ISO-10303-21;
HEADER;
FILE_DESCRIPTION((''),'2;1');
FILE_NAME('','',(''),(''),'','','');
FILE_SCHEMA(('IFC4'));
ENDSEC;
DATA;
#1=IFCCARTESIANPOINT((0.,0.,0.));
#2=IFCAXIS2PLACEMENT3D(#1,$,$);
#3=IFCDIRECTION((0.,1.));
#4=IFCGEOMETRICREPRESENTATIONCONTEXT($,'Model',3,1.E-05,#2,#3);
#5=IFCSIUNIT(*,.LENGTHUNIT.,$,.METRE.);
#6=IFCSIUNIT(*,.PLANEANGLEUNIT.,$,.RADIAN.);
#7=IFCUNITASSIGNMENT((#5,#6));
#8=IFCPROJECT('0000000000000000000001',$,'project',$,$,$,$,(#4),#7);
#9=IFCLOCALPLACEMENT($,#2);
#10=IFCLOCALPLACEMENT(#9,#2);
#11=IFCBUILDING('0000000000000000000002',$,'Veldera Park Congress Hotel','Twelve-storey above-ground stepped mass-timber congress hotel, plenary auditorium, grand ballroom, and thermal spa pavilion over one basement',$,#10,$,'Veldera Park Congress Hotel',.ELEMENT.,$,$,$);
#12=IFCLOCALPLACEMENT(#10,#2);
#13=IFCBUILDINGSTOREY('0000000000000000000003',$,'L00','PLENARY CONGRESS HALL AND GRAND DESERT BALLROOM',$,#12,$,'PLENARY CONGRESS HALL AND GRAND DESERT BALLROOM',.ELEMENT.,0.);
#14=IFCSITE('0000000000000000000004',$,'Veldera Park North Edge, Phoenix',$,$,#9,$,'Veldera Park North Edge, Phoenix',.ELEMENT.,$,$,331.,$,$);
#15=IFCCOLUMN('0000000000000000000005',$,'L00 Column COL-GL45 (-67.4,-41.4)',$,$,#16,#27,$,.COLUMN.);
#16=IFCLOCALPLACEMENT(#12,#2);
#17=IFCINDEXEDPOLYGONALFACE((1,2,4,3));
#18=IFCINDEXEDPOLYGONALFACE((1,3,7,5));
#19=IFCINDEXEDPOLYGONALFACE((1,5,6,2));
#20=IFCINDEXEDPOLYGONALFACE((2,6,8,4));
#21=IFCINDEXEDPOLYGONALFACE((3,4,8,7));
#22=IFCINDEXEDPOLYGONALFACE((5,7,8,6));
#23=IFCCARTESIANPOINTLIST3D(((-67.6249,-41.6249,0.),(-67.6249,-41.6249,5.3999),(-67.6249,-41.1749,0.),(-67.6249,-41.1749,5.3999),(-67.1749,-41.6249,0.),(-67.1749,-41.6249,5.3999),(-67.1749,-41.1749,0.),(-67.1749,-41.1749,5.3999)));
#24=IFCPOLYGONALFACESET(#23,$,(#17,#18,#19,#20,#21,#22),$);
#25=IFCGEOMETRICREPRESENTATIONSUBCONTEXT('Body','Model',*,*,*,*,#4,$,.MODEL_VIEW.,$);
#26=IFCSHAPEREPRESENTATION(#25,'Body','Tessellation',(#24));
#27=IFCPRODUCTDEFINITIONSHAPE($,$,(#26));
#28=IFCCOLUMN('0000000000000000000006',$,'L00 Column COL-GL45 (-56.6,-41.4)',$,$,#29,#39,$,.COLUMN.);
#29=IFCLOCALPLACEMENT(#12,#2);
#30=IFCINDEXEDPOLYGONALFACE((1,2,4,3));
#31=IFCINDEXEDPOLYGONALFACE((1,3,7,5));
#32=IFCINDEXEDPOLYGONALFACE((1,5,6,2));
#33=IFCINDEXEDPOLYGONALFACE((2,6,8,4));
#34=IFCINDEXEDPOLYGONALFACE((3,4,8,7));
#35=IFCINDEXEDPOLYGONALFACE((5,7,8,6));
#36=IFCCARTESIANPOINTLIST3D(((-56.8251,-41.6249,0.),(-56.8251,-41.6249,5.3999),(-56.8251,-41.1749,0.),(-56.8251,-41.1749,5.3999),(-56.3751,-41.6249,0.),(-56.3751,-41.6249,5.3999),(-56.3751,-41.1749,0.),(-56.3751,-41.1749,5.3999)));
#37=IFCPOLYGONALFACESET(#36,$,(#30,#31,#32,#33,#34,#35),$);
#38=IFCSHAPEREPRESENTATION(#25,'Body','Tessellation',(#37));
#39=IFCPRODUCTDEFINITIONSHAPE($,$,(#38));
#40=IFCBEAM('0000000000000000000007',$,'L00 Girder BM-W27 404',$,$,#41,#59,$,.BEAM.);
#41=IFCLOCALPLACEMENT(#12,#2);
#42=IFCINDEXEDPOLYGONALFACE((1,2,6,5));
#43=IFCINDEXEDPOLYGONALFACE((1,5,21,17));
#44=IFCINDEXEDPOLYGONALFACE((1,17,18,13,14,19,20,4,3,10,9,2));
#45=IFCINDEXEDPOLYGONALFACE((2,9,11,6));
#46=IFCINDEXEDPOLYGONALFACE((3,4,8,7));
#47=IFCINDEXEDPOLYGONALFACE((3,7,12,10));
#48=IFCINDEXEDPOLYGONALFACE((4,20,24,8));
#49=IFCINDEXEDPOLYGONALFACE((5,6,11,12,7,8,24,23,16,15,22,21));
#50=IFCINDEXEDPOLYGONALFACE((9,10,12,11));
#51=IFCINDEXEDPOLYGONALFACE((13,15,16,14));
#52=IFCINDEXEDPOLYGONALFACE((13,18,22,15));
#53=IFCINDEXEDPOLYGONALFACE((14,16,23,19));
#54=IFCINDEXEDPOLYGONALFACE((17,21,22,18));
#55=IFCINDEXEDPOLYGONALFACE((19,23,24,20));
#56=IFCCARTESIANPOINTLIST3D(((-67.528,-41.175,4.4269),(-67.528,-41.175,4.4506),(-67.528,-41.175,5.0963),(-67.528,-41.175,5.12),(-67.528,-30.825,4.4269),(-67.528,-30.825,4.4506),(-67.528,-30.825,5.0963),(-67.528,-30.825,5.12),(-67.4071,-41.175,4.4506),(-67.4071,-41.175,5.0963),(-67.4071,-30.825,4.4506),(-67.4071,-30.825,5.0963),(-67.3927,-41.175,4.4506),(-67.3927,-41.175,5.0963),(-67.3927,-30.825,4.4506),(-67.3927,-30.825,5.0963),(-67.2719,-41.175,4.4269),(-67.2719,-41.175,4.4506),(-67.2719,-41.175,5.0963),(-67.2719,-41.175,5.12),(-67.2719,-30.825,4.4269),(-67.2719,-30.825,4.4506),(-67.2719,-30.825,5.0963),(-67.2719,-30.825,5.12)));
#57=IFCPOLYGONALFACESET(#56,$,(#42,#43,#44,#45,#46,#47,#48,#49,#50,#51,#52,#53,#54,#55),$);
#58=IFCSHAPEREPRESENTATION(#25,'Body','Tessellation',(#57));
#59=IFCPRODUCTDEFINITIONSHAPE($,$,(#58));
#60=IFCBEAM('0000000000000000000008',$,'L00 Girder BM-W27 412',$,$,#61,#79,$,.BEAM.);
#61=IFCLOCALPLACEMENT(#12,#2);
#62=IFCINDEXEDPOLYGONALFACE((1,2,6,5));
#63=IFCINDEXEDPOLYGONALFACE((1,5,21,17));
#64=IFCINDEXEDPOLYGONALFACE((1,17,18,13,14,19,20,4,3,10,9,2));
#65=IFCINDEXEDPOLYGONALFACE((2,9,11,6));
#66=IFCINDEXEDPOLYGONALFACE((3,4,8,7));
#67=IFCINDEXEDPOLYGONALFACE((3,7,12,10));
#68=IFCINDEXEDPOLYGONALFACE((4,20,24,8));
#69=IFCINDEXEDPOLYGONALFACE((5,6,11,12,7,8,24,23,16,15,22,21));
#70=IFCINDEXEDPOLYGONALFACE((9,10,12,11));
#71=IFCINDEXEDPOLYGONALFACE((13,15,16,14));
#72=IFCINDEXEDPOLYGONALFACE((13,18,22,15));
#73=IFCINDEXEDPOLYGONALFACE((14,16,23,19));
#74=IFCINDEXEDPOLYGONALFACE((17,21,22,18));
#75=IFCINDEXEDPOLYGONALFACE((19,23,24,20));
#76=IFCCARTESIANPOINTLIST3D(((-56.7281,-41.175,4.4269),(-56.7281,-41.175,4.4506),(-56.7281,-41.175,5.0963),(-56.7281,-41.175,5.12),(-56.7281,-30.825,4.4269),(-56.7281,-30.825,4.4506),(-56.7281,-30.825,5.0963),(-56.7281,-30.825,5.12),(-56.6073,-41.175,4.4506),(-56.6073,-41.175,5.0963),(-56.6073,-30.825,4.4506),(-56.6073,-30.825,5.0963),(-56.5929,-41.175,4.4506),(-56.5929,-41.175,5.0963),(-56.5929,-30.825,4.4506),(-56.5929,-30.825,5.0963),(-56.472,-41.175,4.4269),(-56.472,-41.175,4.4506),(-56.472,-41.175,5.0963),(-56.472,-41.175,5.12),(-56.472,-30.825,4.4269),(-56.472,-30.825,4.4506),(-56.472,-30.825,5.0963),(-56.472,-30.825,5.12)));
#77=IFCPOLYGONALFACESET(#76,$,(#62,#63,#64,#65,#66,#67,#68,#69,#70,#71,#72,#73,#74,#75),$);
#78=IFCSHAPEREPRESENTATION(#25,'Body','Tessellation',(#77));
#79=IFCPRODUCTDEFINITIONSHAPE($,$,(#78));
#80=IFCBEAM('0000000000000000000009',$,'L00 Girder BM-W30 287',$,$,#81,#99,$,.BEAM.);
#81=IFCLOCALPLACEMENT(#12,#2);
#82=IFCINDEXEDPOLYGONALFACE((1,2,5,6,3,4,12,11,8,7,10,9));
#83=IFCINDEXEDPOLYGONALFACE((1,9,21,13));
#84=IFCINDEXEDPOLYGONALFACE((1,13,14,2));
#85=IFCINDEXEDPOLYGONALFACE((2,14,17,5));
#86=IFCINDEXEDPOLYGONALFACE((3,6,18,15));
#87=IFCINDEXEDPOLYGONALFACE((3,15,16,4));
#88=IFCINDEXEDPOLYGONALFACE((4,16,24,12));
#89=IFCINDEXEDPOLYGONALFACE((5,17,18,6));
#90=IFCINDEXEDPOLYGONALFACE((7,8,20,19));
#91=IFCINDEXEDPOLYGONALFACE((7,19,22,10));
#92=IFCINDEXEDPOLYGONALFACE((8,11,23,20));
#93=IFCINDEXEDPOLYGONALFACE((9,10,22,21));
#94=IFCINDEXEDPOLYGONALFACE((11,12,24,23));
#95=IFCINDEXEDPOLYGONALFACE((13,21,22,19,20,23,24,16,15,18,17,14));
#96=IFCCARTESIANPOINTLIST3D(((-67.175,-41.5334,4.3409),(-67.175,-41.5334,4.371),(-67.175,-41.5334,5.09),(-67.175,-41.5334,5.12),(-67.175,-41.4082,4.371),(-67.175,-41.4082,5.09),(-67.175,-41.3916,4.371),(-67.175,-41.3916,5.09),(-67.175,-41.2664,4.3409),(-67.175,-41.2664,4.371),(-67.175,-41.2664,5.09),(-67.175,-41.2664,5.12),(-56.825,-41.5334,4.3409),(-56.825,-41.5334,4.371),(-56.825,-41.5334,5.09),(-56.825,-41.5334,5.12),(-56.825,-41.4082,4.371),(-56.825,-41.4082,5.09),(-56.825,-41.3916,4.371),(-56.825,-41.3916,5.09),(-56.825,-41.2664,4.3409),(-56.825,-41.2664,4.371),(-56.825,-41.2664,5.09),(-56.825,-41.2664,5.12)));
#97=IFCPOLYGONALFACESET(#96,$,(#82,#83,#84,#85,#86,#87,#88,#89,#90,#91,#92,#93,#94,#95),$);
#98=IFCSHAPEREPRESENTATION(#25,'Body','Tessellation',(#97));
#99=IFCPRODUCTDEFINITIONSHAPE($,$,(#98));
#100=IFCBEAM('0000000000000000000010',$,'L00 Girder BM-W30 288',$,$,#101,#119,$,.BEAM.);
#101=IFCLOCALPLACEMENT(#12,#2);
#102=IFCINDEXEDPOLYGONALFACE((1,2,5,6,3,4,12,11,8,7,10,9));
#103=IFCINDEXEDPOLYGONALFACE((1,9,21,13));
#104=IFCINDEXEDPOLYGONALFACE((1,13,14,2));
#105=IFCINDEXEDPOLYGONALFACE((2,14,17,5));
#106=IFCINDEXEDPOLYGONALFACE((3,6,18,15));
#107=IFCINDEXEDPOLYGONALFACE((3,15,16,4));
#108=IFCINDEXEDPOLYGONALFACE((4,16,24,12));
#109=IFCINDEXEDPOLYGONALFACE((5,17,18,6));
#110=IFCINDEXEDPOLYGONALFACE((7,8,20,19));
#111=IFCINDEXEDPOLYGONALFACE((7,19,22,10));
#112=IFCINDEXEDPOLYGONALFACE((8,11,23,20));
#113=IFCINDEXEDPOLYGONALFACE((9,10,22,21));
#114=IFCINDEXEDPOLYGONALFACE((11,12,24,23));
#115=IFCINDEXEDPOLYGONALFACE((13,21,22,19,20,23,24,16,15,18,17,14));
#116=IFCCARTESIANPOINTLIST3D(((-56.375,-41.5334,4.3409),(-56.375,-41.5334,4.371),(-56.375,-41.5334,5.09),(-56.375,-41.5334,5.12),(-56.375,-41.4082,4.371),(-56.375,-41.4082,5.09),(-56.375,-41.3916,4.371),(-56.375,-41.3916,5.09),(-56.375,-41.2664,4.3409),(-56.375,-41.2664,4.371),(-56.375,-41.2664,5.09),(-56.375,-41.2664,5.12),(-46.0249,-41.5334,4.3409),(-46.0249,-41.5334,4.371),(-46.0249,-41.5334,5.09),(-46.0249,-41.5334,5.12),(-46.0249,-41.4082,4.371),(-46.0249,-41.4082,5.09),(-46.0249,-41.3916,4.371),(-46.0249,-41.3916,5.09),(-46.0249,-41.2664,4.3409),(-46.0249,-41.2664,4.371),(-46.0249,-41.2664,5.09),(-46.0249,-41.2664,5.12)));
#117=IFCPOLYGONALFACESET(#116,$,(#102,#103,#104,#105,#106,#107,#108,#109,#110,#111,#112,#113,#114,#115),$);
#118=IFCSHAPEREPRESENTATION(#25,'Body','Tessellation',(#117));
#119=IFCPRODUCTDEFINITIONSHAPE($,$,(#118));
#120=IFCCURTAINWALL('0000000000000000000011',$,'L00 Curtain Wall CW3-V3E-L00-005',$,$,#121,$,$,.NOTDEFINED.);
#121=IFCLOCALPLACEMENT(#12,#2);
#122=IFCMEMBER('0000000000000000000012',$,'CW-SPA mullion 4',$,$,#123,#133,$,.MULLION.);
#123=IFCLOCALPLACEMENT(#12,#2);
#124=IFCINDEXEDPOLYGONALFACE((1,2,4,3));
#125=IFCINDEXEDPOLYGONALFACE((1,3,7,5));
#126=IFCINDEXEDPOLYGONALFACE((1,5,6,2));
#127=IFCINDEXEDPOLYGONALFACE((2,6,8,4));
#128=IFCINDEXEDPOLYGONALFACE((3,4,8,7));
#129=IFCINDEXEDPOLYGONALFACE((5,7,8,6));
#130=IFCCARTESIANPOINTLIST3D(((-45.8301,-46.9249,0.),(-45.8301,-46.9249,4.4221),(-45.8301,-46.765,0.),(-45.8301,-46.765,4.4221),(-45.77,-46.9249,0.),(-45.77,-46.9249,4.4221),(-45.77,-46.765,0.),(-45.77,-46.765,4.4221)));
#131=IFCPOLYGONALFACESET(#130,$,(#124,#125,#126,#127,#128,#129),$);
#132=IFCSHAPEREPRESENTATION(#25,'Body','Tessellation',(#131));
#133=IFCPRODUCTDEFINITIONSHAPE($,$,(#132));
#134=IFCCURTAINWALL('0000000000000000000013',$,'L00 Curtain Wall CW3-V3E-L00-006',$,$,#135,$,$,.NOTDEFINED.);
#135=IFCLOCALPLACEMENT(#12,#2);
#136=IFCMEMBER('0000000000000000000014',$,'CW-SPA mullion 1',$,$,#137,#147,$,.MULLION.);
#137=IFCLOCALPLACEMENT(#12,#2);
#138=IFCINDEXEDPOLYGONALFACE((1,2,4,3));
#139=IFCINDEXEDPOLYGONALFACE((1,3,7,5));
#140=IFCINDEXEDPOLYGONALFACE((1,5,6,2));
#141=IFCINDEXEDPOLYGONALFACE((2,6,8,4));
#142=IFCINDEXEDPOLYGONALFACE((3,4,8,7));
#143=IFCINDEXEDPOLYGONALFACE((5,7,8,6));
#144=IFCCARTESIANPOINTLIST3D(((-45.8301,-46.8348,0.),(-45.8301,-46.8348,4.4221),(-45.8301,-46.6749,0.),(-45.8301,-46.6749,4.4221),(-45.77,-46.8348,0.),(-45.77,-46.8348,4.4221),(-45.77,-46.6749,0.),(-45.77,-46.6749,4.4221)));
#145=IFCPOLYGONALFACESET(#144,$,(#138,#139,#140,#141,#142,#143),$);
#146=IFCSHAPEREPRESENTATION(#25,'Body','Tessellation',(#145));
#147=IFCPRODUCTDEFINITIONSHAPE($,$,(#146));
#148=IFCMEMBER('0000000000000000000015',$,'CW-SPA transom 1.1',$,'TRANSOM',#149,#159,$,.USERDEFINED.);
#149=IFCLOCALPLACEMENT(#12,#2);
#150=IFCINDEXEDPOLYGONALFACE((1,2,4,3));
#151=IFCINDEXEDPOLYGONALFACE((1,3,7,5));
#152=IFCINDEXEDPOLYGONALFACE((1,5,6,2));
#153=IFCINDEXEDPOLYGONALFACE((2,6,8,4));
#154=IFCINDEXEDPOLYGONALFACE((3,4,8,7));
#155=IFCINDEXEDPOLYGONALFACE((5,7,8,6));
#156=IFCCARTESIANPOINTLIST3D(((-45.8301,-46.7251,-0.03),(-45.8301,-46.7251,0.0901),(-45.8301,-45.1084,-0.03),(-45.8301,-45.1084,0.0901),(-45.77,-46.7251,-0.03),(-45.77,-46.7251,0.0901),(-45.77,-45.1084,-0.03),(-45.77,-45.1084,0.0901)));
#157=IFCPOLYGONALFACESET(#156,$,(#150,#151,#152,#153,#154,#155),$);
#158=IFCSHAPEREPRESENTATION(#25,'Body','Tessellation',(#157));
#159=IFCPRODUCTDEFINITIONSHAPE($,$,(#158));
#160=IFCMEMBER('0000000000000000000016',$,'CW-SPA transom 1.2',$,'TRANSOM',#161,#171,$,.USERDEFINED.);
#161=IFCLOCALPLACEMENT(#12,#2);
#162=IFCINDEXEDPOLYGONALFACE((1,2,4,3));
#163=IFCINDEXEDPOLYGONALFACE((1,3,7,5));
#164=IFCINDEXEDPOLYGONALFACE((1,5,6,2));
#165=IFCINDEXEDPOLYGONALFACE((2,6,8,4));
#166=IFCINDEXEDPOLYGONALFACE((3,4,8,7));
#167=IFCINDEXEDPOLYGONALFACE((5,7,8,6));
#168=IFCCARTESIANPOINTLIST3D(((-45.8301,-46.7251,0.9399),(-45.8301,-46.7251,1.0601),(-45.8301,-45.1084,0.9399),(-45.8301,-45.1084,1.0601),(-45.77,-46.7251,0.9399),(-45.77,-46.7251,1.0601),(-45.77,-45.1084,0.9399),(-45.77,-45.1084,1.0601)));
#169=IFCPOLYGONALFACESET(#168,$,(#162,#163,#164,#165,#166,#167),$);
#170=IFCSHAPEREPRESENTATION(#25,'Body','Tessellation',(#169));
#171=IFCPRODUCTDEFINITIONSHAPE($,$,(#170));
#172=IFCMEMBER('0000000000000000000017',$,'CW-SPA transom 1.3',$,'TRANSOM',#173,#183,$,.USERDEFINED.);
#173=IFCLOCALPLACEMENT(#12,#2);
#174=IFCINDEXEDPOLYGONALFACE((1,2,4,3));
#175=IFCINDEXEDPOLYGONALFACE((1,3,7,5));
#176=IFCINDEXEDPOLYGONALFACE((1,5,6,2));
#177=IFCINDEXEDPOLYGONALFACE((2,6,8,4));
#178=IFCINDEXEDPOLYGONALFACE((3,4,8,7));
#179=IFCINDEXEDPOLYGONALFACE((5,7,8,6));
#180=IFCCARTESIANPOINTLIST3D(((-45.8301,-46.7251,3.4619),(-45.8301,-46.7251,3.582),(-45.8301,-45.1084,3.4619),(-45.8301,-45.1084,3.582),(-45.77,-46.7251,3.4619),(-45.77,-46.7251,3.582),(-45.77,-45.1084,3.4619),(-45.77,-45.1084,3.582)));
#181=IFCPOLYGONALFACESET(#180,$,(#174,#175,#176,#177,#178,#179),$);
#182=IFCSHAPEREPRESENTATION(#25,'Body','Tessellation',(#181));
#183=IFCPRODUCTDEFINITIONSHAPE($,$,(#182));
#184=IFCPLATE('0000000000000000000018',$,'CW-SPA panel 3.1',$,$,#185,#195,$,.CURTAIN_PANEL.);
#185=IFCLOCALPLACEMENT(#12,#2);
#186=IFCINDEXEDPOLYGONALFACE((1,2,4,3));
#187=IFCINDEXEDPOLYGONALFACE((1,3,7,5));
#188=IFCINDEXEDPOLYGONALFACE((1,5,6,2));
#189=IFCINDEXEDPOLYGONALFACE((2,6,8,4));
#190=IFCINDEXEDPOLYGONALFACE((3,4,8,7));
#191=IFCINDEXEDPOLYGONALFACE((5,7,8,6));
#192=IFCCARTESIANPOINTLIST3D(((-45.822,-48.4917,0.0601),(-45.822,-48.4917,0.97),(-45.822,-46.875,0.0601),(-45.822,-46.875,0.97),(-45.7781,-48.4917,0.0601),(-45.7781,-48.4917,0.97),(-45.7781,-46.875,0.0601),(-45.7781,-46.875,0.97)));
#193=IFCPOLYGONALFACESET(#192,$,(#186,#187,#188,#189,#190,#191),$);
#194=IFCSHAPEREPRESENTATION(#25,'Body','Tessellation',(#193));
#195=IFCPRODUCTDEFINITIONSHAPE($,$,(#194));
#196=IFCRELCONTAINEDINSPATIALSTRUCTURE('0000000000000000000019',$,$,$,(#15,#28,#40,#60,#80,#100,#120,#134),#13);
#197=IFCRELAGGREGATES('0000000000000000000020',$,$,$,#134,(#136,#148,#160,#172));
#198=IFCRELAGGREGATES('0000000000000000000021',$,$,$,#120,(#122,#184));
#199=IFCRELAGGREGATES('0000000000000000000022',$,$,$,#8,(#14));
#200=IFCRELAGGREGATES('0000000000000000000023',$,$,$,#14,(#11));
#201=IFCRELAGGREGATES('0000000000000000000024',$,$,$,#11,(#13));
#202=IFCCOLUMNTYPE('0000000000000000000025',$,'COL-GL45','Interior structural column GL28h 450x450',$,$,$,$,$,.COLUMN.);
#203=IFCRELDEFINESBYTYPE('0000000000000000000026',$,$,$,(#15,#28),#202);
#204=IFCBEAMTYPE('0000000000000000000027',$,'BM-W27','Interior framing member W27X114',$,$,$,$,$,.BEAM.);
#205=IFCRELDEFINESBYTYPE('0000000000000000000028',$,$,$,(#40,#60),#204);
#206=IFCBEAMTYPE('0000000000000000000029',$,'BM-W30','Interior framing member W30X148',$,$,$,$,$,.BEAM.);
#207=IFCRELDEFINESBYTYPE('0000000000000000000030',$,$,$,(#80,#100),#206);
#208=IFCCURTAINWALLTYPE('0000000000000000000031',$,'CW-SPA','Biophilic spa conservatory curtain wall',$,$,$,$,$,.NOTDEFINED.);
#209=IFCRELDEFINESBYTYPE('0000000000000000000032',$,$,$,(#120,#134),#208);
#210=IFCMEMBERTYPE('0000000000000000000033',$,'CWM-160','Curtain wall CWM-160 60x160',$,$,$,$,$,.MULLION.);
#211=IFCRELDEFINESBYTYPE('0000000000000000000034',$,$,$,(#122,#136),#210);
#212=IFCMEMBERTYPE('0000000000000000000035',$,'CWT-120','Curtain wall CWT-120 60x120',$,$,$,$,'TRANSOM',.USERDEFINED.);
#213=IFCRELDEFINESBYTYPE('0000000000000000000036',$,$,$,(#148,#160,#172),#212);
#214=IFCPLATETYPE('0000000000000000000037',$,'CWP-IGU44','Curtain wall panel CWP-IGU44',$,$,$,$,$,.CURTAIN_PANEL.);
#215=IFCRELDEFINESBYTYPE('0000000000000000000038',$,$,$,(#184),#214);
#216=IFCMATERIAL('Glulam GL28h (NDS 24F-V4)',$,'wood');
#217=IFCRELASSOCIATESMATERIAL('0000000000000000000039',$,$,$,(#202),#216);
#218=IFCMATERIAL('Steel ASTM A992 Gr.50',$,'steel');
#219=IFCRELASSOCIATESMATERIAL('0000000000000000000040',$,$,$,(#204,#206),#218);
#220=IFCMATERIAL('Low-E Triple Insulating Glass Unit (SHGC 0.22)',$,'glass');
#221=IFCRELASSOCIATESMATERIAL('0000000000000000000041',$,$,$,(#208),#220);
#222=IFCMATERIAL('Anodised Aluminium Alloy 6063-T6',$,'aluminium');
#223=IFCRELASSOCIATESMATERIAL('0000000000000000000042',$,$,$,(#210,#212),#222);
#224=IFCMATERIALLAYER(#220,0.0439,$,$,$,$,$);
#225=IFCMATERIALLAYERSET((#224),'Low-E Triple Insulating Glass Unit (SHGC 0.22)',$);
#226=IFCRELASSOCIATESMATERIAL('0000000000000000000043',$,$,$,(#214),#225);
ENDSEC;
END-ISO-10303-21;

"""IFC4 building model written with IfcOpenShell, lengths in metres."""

from ifc_helpers import new_model, si_unit, direction, frame, origin, origin_2d, place, context, subcontext, project, spatial, rectangle, i_section, extrude, material, layer, layer_set, material_profile, profile_set, type_object, element, aggregate, save


model = new_model("IFC4")

# Units and contexts
model_context = context("Model", 3, precision=1e-05, world=origin(), true_north=direction((0.0, 1.0)))
body_context = subcontext(model_context, "Body", "Model", "MODEL_VIEW")
ifc_project = project(units=[si_unit("LENGTHUNIT", "METRE"), si_unit("PLANEANGLEUNIT", "RADIAN")], contexts=[model_context])

# Site, building, storey
site_placement = place(None, origin())
site = spatial("IfcSite", under=ifc_project, at=site_placement, Name="Veldera Park North Edge, Phoenix", LongName="Veldera Park North Edge, Phoenix", CompositionType="ELEMENT", RefElevation=331.0)
building_placement = place(site_placement, origin())
building = spatial("IfcBuilding", under=site, at=building_placement, Name="Veldera Park Congress Hotel", Description="Twelve-storey above-ground stepped mass-timber congress hotel, plenary auditorium, grand ballroom, and thermal spa pavilion over one basement", LongName="Veldera Park Congress Hotel", CompositionType="ELEMENT")
storey_placement = place(building_placement, origin())
storey = spatial("IfcBuildingStorey", under=building, at=storey_placement, Name="L00", Description="PLENARY CONGRESS HALL AND GRAND DESERT BALLROOM", LongName="PLENARY CONGRESS HALL AND GRAND DESERT BALLROOM", CompositionType="ELEMENT", Elevation=0.0)

# Columns
ifc_material_1 = material(Name="Glulam GL28h (NDS 24F-V4)", Category="wood")
ifc_material_profile_1 = material_profile(ifc_material_1, rectangle(XDim=0.45, YDim=0.45, at=origin_2d()), Name="GL28h 450x450")
ifc_profile_set_1 = profile_set([ifc_material_profile_1], Name="Glulam GL28h (NDS 24F-V4)")
column_type = type_object("IfcColumnType", Name="COL-GL45", Description="Interior structural column GL28h 450x450", PredefinedType="COLUMN", material=ifc_profile_set_1)
for number, where, z_axis, x_axis, name in (
    (1, (-67.3999, -41.3999, 0.0), (0.0, 0.0, 1.0), (1.0, 0.0, 0.0), "L00 Column COL-GL45 (-67.4,-41.4)"),
    (2, (-56.6001, -41.3999, 0.0), (0.0, 0.0, 1.0), (1.0, 0.0, 0.0), "L00 Column COL-GL45 (-56.6,-41.4)"),
):
    element("IfcColumn", number, at=place(storey_placement, frame(where, z_axis=z_axis, x_axis=x_axis)), inside=storey, type_object=column_type, Name=name, PredefinedType="COLUMN", context=body_context, shape_type="SweptSolid", body=[
        extrude(rectangle(XDim=0.45, YDim=0.45, at=origin_2d()), origin(), (0.0, 0.0, 1.0), 5.3999),
    ])

# Beams
ifc_material_2 = material(Name="Steel ASTM A992 Gr.50", Category="steel")
ifc_material_profile_2 = material_profile(ifc_material_2, i_section(OverallWidth=0.2561, OverallDepth=0.6931, WebThickness=0.0144, FlangeThickness=0.0237, at=origin_2d()), Name="W27X114")
ifc_profile_set_2 = profile_set([ifc_material_profile_2], Name="Steel ASTM A992 Gr.50")
beam_type_1 = type_object("IfcBeamType", Name="BM-W27", Description="Interior framing member W27X114", PredefinedType="BEAM", material=ifc_profile_set_2)
for number, where, z_axis, x_axis, name in (
    (3, (-67.3999, -41.175, 4.7734), (0.0, 1.0, 0.0), (-1.0, 0.0, 0.0), "L00 Girder BM-W27 404"),
    (4, (-56.6001, -41.175, 4.7734), (0.0, 1.0, 0.0), (-1.0, 0.0, 0.0), "L00 Girder BM-W27 412"),
):
    element("IfcBeam", number, at=place(storey_placement, frame(where, z_axis=z_axis, x_axis=x_axis)), inside=storey, type_object=beam_type_1, Name=name, PredefinedType="BEAM", context=body_context, shape_type="SweptSolid", body=[
        extrude(i_section(OverallWidth=0.2561, OverallDepth=0.6931, WebThickness=0.0144, FlangeThickness=0.0237, at=origin_2d()), origin(), (0.0, 0.0, 1.0), 10.3501),
    ])
ifc_material_profile_3 = material_profile(ifc_material_2, i_section(OverallWidth=0.2671, OverallDepth=0.7791, WebThickness=0.0166, FlangeThickness=0.03, at=origin_2d()), Name="W30X148")
ifc_profile_set_3 = profile_set([ifc_material_profile_3], Name="Steel ASTM A992 Gr.50")
beam_type_2 = type_object("IfcBeamType", Name="BM-W30", Description="Interior framing member W30X148", PredefinedType="BEAM", material=ifc_profile_set_3)
for number, where, z_axis, x_axis, name in (
    (5, (-67.175, -41.3999, 4.7305), (1.0, 0.0, 0.0), (0.0, 1.0, 0.0), "L00 Girder BM-W30 287"),
    (6, (-56.375, -41.3999, 4.7305), (1.0, 0.0, 0.0), (0.0, 1.0, 0.0), "L00 Girder BM-W30 288"),
):
    element("IfcBeam", number, at=place(storey_placement, frame(where, z_axis=z_axis, x_axis=x_axis)), inside=storey, type_object=beam_type_2, Name=name, PredefinedType="BEAM", context=body_context, shape_type="SweptSolid", body=[
        extrude(i_section(OverallWidth=0.2671, OverallDepth=0.7791, WebThickness=0.0166, FlangeThickness=0.03, at=origin_2d()), origin(), (0.0, 0.0, 1.0), 10.3501),
    ])

# Curtain wall, member
ifc_material_3 = material(Name="Low-E Triple Insulating Glass Unit (SHGC 0.22)", Category="glass")
curtain_wall_type = type_object("IfcCurtainWallType", Name="CW-SPA", Description="Biophilic spa conservatory curtain wall", PredefinedType="NOTDEFINED", material=ifc_material_3)
curtain_wall_1_placement = place(storey_placement, origin())
curtain_wall_1 = element("IfcCurtainWall", 7, at=curtain_wall_1_placement, inside=storey, type_object=curtain_wall_type, Name="L00 Curtain Wall CW3-V3E-L00-005", PredefinedType="NOTDEFINED")
ifc_material_4 = material(Name="Anodised Aluminium Alloy 6063-T6", Category="aluminium")
ifc_material_profile_4 = material_profile(ifc_material_4, rectangle(XDim=0.0601, YDim=0.1599, at=origin_2d()), Name="ALU 60x160")
ifc_profile_set_4 = profile_set([ifc_material_profile_4], Name="Anodised Aluminium Alloy 6063-T6")
member_type_1 = type_object("IfcMemberType", Name="CWM-160", Description="Curtain wall CWM-160 60x160", PredefinedType="MULLION", material=ifc_profile_set_4)
member_1_placement = place(storey_placement, frame((-45.8, -46.845, 0.0), z_axis=(0.0, 0.0, 1.0), x_axis=(-1.0, 0.0, 0.0)))
member_1 = element("IfcMember", 8, at=member_1_placement, type_object=member_type_1, Name="CW-SPA mullion 4", PredefinedType="MULLION", context=body_context, shape_type="SweptSolid", body=[
    extrude(rectangle(XDim=0.0601, YDim=0.1599, at=origin_2d()), origin(), (0.0, 0.0, 1.0), 4.4221),
])

# Curtain wall, members
curtain_wall_2_placement = place(storey_placement, origin())
curtain_wall_2 = element("IfcCurtainWall", 9, at=curtain_wall_2_placement, inside=storey, type_object=curtain_wall_type, Name="L00 Curtain Wall CW3-V3E-L00-006", PredefinedType="NOTDEFINED")
member_2_placement = place(storey_placement, frame((-45.8, -46.7549, 0.0), z_axis=(0.0, 0.0, 1.0), x_axis=(-1.0, 0.0, 0.0)))
member_2 = element("IfcMember", 10, at=member_2_placement, type_object=member_type_1, Name="CW-SPA mullion 1", PredefinedType="MULLION", context=body_context, shape_type="SweptSolid", body=[
    extrude(rectangle(XDim=0.0601, YDim=0.1599, at=origin_2d()), origin(), (0.0, 0.0, 1.0), 4.4221),
])
ifc_material_profile_5 = material_profile(ifc_material_4, rectangle(XDim=0.0601, YDim=0.1201, at=origin_2d()), Name="ALU 60x120")
ifc_profile_set_5 = profile_set([ifc_material_profile_5], Name="Anodised Aluminium Alloy 6063-T6")
member_type_2 = type_object("IfcMemberType", Name="CWT-120", Description="Curtain wall CWT-120 60x120", ElementType="TRANSOM", PredefinedType="USERDEFINED", material=ifc_profile_set_5)
member_3_placement = place(storey_placement, frame((-45.8, -46.7251, 0.03), z_axis=(0.0, 1.0, 0.0), x_axis=(-1.0, 0.0, 0.0)))
member_3 = element("IfcMember", 11, at=member_3_placement, type_object=member_type_2, Name="CW-SPA transom 1.1", ObjectType="TRANSOM", PredefinedType="USERDEFINED", context=body_context, shape_type="SweptSolid", body=[
    extrude(rectangle(XDim=0.0601, YDim=0.1201, at=origin_2d()), origin(), (0.0, 0.0, 1.0), 1.6167),
])
member_4_placement = place(storey_placement, frame((-45.8, -46.7251, 1.0), z_axis=(0.0, 1.0, 0.0), x_axis=(-1.0, 0.0, 0.0)))
member_4 = element("IfcMember", 12, at=member_4_placement, type_object=member_type_2, Name="CW-SPA transom 1.2", ObjectType="TRANSOM", PredefinedType="USERDEFINED", context=body_context, shape_type="SweptSolid", body=[
    extrude(rectangle(XDim=0.0601, YDim=0.1201, at=origin_2d()), origin(), (0.0, 0.0, 1.0), 1.6167),
])
member_5_placement = place(storey_placement, frame((-45.8, -46.7251, 3.522), z_axis=(0.0, 1.0, 0.0), x_axis=(-1.0, 0.0, 0.0)))
member_5 = element("IfcMember", 13, at=member_5_placement, type_object=member_type_2, Name="CW-SPA transom 1.3", ObjectType="TRANSOM", PredefinedType="USERDEFINED", context=body_context, shape_type="SweptSolid", body=[
    extrude(rectangle(XDim=0.0601, YDim=0.1201, at=origin_2d()), origin(), (0.0, 0.0, 1.0), 1.6167),
])
aggregate(curtain_wall_2, [member_2, member_3, member_4, member_5])

# Plate
ifc_layer_1 = layer(ifc_material_3, 0.0439)
ifc_layer_set_1 = layer_set([ifc_layer_1], Name="Low-E Triple Insulating Glass Unit (SHGC 0.22)")
plate_type = type_object("IfcPlateType", Name="CWP-IGU44", Description="Curtain wall panel CWP-IGU44", PredefinedType="CURTAIN_PANEL", material=ifc_layer_set_1)
plate_1_placement = place(storey_placement, frame((-45.8, -47.6833, 0.0601), z_axis=(0.0, 0.0, 1.0), x_axis=(0.0, 1.0, 0.0)))
plate_1 = element("IfcPlate", 14, at=plate_1_placement, type_object=plate_type, Name="CW-SPA panel 3.1", PredefinedType="CURTAIN_PANEL", context=body_context, shape_type="SweptSolid", body=[
    extrude(rectangle(XDim=1.6167, YDim=0.0439, at=origin_2d()), origin(), (0.0, 0.0, 1.0), 0.9099),
])
aggregate(curtain_wall_1, [member_1, plate_1])

save(model, "model.ifc")
